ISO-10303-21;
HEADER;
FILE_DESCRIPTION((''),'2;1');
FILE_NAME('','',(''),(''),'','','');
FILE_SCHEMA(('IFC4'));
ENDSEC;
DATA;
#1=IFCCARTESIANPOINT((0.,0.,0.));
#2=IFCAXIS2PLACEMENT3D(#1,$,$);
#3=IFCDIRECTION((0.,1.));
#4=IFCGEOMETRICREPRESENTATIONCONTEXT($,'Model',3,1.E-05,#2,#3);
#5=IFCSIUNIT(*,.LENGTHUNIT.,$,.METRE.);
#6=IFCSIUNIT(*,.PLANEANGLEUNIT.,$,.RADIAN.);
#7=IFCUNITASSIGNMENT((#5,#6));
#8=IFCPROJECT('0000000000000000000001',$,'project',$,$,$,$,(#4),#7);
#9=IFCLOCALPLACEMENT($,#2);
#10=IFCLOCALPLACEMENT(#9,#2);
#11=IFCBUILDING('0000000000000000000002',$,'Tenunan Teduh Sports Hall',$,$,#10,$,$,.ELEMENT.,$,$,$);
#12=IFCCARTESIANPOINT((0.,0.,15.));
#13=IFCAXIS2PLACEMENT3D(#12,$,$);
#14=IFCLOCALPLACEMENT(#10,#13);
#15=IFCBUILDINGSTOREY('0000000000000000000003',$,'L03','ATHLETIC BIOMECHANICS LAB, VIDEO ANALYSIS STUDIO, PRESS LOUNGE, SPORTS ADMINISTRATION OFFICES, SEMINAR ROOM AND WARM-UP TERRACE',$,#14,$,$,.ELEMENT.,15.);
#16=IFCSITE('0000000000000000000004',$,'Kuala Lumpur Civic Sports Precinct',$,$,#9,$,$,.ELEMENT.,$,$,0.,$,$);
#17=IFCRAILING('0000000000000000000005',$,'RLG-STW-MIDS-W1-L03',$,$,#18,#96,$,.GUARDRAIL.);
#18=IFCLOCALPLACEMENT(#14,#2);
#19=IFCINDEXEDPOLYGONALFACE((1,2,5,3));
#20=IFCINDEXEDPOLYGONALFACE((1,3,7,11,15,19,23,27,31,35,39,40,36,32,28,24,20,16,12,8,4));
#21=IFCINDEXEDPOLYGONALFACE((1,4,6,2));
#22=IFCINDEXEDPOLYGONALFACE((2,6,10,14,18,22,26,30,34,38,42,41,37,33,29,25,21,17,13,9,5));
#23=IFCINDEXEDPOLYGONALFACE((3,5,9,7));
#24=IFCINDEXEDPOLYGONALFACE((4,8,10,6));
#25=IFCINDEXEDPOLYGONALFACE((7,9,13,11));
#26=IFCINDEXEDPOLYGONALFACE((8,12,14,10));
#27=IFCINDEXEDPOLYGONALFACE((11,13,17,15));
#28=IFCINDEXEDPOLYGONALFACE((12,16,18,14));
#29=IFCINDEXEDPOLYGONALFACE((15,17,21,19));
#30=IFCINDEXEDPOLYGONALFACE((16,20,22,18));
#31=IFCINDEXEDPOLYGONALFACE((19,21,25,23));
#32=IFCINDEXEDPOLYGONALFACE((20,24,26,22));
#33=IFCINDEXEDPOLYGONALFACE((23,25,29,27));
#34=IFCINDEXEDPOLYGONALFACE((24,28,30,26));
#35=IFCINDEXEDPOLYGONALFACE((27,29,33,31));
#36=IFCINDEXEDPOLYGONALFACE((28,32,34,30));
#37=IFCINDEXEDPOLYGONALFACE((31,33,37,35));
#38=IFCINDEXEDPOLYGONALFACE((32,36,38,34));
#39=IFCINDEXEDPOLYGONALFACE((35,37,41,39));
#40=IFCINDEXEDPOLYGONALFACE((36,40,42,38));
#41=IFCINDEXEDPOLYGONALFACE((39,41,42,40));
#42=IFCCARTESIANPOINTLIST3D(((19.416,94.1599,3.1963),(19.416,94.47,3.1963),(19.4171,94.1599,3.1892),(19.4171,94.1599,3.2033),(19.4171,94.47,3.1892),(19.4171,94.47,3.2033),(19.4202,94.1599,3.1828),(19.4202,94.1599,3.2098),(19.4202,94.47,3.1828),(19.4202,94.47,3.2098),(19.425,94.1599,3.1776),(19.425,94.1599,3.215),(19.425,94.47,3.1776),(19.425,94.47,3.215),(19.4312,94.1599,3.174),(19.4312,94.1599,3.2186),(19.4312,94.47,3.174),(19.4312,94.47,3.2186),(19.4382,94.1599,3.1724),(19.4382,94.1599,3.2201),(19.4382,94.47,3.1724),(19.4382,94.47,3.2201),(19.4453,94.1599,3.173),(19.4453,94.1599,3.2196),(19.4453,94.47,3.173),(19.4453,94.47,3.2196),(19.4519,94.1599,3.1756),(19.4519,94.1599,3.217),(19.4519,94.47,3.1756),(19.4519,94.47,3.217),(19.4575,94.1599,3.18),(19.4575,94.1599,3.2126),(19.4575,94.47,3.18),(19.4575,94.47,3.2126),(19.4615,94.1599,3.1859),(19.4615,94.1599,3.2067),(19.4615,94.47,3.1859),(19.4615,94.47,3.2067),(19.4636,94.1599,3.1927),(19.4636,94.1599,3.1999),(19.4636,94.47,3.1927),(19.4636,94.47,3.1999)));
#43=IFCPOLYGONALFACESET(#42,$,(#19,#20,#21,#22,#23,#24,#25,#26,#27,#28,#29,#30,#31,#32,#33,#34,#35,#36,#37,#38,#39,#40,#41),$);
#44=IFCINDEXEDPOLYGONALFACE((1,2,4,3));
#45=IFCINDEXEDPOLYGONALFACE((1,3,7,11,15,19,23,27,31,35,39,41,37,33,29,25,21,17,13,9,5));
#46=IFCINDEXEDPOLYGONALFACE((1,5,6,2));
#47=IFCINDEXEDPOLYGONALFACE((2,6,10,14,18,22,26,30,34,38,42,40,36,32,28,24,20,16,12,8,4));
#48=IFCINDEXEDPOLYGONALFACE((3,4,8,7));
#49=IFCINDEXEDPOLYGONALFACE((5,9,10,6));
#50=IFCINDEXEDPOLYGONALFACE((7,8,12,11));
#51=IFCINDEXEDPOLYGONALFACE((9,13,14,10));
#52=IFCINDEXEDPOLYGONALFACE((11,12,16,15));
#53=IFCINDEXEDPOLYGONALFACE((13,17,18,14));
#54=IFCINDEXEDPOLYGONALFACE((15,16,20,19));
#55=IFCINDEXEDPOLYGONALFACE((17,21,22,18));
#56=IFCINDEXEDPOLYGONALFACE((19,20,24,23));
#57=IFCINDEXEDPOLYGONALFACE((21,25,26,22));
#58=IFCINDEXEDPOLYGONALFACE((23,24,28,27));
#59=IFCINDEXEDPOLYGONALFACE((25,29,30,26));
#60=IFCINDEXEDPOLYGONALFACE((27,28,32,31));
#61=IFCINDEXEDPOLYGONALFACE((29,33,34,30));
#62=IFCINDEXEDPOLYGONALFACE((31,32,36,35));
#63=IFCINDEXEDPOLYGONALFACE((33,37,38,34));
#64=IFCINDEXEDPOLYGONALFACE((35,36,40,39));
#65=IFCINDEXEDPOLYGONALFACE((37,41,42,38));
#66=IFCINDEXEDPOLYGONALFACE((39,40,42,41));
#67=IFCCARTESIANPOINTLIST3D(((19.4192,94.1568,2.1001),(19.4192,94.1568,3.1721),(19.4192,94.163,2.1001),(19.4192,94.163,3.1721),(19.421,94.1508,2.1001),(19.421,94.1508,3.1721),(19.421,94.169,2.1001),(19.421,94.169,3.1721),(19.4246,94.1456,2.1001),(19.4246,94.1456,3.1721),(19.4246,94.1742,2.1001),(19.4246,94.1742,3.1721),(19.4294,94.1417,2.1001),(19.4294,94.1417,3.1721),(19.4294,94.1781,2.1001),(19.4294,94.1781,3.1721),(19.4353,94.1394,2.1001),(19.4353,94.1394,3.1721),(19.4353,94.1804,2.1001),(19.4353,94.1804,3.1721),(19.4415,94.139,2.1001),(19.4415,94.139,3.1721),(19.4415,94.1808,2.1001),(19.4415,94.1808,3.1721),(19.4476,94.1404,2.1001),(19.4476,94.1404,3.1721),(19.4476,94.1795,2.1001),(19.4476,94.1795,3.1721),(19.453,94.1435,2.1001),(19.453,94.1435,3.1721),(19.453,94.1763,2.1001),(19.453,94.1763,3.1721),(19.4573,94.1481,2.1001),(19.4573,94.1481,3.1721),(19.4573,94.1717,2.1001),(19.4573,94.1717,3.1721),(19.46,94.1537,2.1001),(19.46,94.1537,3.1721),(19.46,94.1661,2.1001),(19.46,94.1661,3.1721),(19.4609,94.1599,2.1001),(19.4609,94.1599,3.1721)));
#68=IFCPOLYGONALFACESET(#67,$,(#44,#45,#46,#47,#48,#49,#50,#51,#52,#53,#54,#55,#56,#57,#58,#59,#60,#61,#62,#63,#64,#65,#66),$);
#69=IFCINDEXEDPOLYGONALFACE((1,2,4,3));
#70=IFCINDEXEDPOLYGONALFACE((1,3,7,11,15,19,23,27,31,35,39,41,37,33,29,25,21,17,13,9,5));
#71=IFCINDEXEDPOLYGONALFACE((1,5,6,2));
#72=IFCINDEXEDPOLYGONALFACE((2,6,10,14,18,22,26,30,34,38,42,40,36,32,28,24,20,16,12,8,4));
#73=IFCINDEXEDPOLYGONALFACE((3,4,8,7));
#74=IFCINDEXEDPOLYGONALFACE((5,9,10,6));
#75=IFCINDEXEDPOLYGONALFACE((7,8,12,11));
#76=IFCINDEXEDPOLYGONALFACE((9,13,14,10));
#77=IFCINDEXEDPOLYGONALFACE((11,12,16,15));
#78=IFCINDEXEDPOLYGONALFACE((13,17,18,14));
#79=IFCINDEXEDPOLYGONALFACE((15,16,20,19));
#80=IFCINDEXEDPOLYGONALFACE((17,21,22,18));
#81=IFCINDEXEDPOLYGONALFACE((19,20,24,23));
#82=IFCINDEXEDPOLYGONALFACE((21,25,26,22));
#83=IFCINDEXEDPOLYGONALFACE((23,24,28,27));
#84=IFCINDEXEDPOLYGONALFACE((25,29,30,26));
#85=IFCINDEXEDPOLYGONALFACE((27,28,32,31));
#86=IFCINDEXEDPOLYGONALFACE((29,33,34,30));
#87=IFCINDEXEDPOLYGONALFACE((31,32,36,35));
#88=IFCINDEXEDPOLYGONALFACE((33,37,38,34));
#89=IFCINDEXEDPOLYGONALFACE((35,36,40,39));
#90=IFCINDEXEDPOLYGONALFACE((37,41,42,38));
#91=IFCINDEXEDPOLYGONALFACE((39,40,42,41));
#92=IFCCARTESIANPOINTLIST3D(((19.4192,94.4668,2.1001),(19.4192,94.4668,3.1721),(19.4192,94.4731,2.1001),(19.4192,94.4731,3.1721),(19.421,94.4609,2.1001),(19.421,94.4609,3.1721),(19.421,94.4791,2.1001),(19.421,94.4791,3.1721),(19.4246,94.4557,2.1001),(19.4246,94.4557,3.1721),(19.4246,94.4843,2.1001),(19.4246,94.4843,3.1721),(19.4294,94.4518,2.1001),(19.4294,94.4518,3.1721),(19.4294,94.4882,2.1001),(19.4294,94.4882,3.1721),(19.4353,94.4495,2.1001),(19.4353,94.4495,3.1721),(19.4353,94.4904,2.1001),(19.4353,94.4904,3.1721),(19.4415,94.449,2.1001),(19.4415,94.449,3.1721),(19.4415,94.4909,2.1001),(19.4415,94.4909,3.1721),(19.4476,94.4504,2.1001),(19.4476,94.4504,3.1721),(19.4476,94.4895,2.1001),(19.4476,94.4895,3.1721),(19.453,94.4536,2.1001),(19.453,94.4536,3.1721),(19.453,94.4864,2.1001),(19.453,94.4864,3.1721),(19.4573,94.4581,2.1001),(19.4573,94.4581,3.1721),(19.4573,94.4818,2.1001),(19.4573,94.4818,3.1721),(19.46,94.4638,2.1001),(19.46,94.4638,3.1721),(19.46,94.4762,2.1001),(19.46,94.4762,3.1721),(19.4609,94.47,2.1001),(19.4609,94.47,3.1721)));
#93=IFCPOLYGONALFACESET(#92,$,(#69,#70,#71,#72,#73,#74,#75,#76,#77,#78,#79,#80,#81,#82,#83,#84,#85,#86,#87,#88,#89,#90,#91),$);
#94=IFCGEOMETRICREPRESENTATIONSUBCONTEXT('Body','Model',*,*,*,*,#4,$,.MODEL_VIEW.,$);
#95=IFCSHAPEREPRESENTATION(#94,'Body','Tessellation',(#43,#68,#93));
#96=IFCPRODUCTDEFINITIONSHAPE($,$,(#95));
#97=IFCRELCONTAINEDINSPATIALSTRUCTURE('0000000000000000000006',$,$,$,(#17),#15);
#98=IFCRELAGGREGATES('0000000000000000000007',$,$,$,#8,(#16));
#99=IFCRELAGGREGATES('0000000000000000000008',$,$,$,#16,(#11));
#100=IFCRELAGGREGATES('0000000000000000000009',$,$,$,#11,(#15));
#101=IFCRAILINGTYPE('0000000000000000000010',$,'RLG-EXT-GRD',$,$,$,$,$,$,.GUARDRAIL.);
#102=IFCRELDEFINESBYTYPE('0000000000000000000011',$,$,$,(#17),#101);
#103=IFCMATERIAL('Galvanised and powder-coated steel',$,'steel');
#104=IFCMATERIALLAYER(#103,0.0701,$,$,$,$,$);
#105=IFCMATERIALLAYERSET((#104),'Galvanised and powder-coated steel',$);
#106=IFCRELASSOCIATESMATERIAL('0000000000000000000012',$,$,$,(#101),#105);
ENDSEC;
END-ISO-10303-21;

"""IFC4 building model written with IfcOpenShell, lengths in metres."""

from ifc_helpers import new_model, si_unit, direction, frame, origin, origin_2d, place, context, subcontext, project, spatial, circle, extrude, material, layer, layer_set, type_object, element, save


model = new_model("IFC4")

# Units and contexts
model_context = context("Model", 3, precision=1e-05, world=origin(), true_north=direction((0.0, 1.0)))
body_context = subcontext(model_context, "Body", "Model", "MODEL_VIEW")
ifc_project = project(units=[si_unit("LENGTHUNIT", "METRE"), si_unit("PLANEANGLEUNIT", "RADIAN")], contexts=[model_context])

# Site, building, storey
site_placement = place(None, origin())
site = spatial("IfcSite", under=ifc_project, at=site_placement, Name="Kuala Lumpur Civic Sports Precinct", CompositionType="ELEMENT", RefElevation=0.0)
building_placement = place(site_placement, origin())
building = spatial("IfcBuilding", under=site, at=building_placement, Name="Tenunan Teduh Sports Hall", CompositionType="ELEMENT")
storey_placement = place(building_placement, frame((0.0, 0.0, 15.0)))
storey = spatial("IfcBuildingStorey", under=building, at=storey_placement, Name="L03", Description="ATHLETIC BIOMECHANICS LAB, VIDEO ANALYSIS STUDIO, PRESS LOUNGE, SPORTS ADMINISTRATION OFFICES, SEMINAR ROOM AND WARM-UP TERRACE", CompositionType="ELEMENT", Elevation=15.0)

# Railing
ifc_material_1 = material(Name="Galvanised and powder-coated steel", Category="steel")
ifc_layer_1 = layer(ifc_material_1, 0.0701)
ifc_layer_set_1 = layer_set([ifc_layer_1], Name="Galvanised and powder-coated steel")
railing_type_1 = type_object("IfcRailingType", Name="RLG-EXT-GRD", PredefinedType="GUARDRAIL", material=ifc_layer_set_1)
railing_1_placement = place(storey_placement, frame((19.4399, 94.1599, 2.1001)))
element("IfcRailing", 1, at=railing_1_placement, inside=storey, type_object=railing_type_1, Name="RLG-STW-MIDS-W1-L03", PredefinedType="GUARDRAIL", context=body_context, shape_type="SweptSolid", body=[
    extrude(circle(Radius=0.0239, at=origin_2d()), frame((0.0, 0.0, 1.0962), z_axis=(0.0, 1.0, 0.0), x_axis=(-1.0, 0.0, 0.0)), (0.0, 0.0, 1.0), 0.3101),
    extrude(circle(Radius=0.021, at=origin_2d()), origin(), (0.0, 0.0, 1.0), 1.072),
    extrude(circle(Radius=0.021, at=origin_2d()), frame((0.0, 0.3101, 0.0)), (0.0, 0.0, 1.0), 1.072),
])

save(model, "model.ifc")
